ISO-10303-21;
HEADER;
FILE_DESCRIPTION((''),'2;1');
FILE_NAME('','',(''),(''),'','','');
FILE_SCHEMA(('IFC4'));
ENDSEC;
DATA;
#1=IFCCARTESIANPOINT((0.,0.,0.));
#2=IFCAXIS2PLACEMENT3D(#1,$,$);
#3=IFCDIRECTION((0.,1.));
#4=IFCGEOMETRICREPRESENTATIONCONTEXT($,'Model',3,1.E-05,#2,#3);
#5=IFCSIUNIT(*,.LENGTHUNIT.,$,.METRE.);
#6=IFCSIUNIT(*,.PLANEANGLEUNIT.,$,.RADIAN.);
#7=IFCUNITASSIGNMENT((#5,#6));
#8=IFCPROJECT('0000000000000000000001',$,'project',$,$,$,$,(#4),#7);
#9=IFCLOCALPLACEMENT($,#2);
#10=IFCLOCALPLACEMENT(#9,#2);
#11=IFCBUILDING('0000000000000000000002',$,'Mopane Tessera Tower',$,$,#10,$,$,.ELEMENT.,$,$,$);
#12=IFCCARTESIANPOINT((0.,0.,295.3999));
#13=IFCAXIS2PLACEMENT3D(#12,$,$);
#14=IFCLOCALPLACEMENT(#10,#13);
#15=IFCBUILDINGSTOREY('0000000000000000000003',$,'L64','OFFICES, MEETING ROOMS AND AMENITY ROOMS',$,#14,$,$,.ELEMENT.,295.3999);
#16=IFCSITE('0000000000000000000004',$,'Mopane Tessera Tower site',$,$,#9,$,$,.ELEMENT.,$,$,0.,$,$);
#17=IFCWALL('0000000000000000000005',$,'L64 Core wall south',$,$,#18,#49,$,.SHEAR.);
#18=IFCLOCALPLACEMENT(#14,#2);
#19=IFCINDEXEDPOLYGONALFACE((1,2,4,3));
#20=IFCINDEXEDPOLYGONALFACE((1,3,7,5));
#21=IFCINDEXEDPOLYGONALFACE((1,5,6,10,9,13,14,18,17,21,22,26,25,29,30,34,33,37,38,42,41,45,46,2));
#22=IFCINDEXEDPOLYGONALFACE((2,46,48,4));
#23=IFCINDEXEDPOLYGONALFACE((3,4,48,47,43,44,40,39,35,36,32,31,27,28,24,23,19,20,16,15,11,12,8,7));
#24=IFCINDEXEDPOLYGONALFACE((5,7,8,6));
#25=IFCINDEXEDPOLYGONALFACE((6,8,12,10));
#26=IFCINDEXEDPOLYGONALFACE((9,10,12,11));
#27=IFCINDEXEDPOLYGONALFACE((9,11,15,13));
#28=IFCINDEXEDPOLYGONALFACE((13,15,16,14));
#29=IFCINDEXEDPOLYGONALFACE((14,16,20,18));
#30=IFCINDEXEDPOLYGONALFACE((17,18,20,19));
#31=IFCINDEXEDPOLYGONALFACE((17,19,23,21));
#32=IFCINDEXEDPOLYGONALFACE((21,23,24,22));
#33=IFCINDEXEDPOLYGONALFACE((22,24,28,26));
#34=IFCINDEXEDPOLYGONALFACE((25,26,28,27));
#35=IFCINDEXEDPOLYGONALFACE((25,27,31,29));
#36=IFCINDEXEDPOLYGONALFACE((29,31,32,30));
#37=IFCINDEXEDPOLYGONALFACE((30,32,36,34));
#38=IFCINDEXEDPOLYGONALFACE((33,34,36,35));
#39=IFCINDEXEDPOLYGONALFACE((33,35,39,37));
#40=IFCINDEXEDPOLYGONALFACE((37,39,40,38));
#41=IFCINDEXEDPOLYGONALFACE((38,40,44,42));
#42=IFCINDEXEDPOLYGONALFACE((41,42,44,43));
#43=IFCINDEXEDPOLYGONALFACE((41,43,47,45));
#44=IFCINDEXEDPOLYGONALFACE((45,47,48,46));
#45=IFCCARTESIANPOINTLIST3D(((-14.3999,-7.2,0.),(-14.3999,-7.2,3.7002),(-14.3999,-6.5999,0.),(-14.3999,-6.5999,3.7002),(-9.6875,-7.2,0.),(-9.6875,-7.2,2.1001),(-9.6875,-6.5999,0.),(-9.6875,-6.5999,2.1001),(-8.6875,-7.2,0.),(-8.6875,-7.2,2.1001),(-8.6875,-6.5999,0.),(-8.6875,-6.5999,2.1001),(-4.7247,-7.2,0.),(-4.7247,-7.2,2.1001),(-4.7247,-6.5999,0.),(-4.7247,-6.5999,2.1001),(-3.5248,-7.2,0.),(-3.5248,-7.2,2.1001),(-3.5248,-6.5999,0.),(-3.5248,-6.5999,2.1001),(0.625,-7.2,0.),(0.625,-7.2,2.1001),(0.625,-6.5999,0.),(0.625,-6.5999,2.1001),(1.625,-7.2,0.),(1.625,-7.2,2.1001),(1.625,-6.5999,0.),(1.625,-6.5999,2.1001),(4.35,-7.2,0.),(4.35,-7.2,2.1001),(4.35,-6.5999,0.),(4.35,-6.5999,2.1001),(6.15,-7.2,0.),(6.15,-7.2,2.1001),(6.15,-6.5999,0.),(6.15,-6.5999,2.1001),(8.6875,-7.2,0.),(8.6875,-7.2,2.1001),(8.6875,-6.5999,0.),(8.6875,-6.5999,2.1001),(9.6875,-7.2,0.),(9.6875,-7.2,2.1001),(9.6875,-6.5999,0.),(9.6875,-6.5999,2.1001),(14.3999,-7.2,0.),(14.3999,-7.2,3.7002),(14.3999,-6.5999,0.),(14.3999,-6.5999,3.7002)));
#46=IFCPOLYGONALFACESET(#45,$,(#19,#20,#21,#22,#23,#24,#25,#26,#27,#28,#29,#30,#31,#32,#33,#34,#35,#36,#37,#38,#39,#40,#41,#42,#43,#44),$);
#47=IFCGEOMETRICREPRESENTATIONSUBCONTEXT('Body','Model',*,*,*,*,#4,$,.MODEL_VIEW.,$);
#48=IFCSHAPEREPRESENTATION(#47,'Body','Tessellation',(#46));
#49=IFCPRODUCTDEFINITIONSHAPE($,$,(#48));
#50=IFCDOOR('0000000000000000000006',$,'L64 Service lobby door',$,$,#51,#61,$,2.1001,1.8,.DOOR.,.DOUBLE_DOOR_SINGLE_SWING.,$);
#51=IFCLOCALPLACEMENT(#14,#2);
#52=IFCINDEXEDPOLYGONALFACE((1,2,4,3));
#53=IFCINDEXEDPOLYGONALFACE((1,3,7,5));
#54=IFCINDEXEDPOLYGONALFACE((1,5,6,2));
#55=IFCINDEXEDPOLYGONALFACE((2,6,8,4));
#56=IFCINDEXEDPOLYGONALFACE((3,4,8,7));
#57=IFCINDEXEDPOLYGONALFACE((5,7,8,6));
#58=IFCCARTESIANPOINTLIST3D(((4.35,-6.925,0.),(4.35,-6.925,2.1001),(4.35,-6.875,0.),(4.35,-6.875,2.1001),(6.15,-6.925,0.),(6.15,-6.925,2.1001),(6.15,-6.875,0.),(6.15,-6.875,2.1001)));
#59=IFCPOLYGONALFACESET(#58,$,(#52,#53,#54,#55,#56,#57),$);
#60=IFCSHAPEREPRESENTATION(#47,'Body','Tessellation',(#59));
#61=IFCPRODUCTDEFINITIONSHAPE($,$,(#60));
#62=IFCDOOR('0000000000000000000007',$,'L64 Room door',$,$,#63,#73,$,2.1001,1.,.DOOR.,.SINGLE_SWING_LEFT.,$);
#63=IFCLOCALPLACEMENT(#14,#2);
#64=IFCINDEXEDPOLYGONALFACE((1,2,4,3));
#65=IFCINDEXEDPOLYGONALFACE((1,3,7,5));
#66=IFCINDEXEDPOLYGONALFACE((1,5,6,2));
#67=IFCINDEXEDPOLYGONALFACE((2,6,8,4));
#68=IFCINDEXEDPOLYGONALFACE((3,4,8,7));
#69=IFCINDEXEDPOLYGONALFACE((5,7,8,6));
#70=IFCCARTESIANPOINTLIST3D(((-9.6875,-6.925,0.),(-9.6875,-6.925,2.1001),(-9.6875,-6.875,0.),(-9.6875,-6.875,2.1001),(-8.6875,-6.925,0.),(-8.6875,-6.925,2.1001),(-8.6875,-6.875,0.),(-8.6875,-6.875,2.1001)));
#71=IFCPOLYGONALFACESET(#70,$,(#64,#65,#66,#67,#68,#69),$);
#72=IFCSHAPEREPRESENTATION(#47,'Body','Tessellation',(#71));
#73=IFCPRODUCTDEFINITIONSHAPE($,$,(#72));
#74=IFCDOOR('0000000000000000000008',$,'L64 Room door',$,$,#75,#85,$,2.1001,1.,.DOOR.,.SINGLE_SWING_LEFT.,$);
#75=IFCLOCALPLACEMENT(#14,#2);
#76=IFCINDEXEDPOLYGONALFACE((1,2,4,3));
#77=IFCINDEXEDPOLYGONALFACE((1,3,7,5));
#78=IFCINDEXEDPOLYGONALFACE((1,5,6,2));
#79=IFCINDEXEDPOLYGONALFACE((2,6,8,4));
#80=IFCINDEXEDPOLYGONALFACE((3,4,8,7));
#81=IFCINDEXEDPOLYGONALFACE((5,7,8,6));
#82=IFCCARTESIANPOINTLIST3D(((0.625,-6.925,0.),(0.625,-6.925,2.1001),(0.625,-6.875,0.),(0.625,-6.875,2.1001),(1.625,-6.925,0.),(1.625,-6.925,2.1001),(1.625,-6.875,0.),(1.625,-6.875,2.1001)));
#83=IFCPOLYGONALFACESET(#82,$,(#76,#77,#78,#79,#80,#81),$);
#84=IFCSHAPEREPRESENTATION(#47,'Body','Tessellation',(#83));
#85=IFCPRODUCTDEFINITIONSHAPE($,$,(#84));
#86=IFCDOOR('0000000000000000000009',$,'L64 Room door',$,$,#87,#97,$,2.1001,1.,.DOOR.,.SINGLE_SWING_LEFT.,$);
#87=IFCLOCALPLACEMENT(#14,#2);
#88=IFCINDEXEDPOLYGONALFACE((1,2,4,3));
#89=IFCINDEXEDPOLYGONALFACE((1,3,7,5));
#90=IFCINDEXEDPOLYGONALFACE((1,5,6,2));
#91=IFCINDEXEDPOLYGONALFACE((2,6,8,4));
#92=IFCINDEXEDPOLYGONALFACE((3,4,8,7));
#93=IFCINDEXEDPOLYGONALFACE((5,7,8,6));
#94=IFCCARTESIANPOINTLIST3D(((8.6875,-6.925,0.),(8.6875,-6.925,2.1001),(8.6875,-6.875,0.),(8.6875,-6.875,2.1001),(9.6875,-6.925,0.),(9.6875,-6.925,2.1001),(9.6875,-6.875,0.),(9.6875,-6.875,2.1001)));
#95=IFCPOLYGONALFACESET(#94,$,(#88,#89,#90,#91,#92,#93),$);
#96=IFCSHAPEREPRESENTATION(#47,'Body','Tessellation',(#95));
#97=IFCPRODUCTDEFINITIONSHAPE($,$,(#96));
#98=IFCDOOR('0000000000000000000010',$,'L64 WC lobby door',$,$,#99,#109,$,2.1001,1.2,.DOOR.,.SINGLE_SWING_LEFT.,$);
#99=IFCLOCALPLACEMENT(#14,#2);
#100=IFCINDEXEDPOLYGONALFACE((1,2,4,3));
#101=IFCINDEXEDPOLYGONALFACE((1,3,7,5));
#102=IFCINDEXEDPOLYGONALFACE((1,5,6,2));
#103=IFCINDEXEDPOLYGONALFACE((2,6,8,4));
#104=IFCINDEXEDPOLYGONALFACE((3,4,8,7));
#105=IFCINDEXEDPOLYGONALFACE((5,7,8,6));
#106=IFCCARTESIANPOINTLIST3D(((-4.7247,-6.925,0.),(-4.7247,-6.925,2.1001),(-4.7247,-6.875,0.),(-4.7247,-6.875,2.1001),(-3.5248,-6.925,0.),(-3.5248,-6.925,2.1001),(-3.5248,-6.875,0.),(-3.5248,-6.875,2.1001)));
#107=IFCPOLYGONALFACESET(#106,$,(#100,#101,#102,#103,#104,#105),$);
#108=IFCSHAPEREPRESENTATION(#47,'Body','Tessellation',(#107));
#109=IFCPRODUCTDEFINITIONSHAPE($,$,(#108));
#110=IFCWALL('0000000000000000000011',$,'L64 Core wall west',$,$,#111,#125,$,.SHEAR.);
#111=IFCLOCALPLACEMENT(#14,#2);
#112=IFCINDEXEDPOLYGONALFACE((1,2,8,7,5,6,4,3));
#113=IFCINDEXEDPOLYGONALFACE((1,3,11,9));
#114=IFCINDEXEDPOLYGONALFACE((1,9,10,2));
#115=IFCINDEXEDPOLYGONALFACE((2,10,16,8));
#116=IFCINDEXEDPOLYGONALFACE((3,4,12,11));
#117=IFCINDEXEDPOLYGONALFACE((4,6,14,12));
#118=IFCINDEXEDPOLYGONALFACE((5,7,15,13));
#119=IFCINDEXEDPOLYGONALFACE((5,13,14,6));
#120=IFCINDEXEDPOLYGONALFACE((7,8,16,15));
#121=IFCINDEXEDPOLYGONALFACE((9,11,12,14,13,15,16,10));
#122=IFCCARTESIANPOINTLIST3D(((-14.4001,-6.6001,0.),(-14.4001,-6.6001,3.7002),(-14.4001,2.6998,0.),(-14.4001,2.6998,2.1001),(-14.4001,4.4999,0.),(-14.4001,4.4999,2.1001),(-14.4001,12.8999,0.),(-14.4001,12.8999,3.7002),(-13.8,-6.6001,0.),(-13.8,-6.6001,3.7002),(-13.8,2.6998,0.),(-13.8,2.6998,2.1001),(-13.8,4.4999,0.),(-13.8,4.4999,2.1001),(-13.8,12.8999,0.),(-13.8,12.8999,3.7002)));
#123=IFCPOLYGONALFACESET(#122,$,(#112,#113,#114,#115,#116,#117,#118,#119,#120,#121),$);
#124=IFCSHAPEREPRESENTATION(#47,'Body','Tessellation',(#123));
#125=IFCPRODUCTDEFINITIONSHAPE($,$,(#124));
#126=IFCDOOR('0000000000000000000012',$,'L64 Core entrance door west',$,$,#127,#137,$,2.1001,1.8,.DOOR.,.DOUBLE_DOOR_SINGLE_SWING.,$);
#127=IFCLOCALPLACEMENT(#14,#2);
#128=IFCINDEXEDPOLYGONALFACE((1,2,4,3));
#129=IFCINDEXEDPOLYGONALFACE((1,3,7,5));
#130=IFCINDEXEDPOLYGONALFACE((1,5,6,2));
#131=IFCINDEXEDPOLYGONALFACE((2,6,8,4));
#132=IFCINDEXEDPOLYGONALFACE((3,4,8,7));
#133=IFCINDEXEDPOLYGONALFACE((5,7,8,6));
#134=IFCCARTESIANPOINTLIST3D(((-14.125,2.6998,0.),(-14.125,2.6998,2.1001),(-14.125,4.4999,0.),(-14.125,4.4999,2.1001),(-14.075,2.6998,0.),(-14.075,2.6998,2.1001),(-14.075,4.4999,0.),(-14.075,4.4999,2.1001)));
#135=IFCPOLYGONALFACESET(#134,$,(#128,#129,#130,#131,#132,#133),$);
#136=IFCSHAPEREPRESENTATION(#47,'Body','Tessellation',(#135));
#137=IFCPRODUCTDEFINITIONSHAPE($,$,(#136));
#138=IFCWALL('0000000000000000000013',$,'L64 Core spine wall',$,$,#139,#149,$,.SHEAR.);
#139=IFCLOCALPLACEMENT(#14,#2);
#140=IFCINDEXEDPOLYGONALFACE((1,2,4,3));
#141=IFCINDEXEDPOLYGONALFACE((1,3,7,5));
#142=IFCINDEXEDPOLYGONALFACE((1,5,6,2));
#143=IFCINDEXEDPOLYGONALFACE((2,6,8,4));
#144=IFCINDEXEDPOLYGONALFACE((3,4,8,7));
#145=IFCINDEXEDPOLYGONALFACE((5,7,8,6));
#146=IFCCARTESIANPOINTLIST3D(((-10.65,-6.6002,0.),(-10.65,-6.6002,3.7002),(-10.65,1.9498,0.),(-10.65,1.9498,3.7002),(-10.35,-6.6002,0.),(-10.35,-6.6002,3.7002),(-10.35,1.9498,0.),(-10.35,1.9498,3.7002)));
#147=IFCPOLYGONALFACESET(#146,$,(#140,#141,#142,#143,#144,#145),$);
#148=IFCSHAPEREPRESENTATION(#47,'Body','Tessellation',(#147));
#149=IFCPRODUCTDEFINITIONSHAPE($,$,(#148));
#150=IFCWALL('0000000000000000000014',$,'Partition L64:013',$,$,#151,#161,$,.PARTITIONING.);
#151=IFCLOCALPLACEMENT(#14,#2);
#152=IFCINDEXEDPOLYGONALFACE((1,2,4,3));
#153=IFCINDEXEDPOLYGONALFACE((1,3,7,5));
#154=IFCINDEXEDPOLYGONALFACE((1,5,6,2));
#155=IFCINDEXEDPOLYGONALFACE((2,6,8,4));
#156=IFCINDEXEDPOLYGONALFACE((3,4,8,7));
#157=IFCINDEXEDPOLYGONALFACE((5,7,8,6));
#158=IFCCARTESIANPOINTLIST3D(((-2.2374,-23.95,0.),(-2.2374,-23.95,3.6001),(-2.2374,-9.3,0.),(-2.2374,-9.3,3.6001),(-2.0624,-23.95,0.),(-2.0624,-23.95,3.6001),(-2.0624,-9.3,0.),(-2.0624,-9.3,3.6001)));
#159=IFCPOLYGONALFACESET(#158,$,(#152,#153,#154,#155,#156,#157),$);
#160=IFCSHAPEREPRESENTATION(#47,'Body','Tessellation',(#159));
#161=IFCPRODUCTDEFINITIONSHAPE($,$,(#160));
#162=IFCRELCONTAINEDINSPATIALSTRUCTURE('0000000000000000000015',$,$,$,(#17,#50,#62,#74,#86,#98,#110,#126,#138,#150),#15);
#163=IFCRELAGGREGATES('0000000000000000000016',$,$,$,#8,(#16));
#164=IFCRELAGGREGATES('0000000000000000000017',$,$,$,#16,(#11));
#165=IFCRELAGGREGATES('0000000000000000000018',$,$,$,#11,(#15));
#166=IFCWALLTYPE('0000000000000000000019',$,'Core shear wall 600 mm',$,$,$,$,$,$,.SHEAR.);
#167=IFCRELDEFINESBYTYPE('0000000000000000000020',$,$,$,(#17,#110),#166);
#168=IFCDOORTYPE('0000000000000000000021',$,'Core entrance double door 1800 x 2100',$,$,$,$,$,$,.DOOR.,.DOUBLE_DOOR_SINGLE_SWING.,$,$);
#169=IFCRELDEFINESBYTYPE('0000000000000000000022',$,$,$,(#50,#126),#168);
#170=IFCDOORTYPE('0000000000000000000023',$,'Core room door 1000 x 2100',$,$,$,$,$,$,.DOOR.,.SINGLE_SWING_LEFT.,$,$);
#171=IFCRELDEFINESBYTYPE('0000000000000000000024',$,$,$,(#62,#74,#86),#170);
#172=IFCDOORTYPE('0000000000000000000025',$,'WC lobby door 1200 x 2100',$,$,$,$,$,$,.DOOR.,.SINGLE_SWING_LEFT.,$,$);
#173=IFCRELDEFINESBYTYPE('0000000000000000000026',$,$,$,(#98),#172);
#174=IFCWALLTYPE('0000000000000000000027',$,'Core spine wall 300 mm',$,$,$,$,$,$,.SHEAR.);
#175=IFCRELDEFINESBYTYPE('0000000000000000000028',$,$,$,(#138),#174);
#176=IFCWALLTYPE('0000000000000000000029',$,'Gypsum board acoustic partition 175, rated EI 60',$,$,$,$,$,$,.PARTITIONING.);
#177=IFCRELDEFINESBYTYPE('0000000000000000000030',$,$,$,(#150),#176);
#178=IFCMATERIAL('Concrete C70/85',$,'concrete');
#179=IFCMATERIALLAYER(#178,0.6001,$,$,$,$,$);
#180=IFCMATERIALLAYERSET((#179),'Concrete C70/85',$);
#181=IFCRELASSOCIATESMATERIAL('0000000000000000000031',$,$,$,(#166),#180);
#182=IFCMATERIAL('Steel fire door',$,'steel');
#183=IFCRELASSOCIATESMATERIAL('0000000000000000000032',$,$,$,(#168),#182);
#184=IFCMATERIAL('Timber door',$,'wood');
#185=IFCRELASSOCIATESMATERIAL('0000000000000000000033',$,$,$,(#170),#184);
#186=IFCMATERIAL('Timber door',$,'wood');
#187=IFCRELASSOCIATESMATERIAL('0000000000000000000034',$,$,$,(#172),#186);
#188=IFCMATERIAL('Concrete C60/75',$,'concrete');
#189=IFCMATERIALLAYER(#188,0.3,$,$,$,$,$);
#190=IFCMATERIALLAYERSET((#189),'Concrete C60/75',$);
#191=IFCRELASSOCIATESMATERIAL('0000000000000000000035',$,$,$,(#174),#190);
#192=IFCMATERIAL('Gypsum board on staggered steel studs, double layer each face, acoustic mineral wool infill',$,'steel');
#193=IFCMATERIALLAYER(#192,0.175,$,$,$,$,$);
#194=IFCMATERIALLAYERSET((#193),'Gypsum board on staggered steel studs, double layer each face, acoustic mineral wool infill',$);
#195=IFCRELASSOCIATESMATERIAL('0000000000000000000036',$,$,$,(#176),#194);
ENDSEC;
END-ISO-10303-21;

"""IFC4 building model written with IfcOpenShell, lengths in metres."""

from ifc_helpers import new_model, si_unit, direction, frame, frame_2d, origin, place, context, subcontext, project, spatial, rectangle, extrude, material, layer, layer_set, type_object, element, fill, save


model = new_model("IFC4")

# Units and contexts
model_context = context("Model", 3, precision=1e-05, world=origin(), true_north=direction((0.0, 1.0)))
body_context = subcontext(model_context, "Body", "Model", "MODEL_VIEW")
ifc_project = project(units=[si_unit("LENGTHUNIT", "METRE"), si_unit("PLANEANGLEUNIT", "RADIAN")], contexts=[model_context])

# Site, building, storey
site_placement = place(None, origin())
site = spatial("IfcSite", under=ifc_project, at=site_placement, Name="Mopane Tessera Tower site", CompositionType="ELEMENT", RefElevation=0.0)
building_placement = place(site_placement, origin())
building = spatial("IfcBuilding", under=site, at=building_placement, Name="Mopane Tessera Tower", CompositionType="ELEMENT")
storey_placement = place(building_placement, frame((0.0, 0.0, 295.3999)))
storey = spatial("IfcBuildingStorey", under=building, at=storey_placement, Name="L64", Description="OFFICES, MEETING ROOMS AND AMENITY ROOMS", CompositionType="ELEMENT", Elevation=295.3999)

# Wall, openings, doors
ifc_material_1 = material(Name="Concrete C70/85", Category="concrete")
ifc_layer_1 = layer(ifc_material_1, 0.6001)
ifc_layer_set_1 = layer_set([ifc_layer_1], Name="Concrete C70/85")
wall_type_1 = type_object("IfcWallType", Name="Core shear wall 600 mm", PredefinedType="SHEAR", material=ifc_layer_set_1)
wall_1_placement = place(storey_placement, frame((-14.3999, -6.8999, 0.0), z_axis=(0.0, 0.0, 1.0), x_axis=(1.0, 0.0, 0.0)))
wall_1 = element("IfcWall", 1, at=wall_1_placement, inside=storey, type_object=wall_type_1, Name="L64 Core wall south", PredefinedType="SHEAR", context=body_context, shape_type="SweptSolid", body=[
    extrude(rectangle(XDim=28.7998, YDim=0.6001, at=frame_2d((14.3999, 0.0))), origin(), (0.0, 0.0, 1.0), 3.7002),
])
opening_1_placement = place(wall_1_placement, frame((4.7124, 0.0, 0.0)))
opening_1 = element("IfcOpeningElement", 2, at=opening_1_placement, cuts=wall_1, PredefinedType="OPENING", context=body_context, shape_type="SweptSolid", body=[
    extrude(rectangle(XDim=1.0, YDim=2.1001, at=frame_2d((0.5, 1.05))), frame((0.0, 0.312, 0.0), z_axis=(0.0, -1.0, 0.0), x_axis=(1.0, 0.0, 0.0)), (0.0, 0.0, 1.0), 0.624),
])
opening_2_placement = place(wall_1_placement, frame((9.675, 0.0, 0.0)))
opening_2 = element("IfcOpeningElement", 3, at=opening_2_placement, cuts=wall_1, PredefinedType="OPENING", context=body_context, shape_type="SweptSolid", body=[
    extrude(rectangle(XDim=1.2, YDim=2.1001, at=frame_2d((0.6001, 1.05))), frame((0.0, 0.312, 0.0), z_axis=(0.0, -1.0, 0.0), x_axis=(1.0, 0.0, 0.0)), (0.0, 0.0, 1.0), 0.624),
])
opening_3_placement = place(wall_1_placement, frame((15.0249, 0.0, 0.0)))
opening_3 = element("IfcOpeningElement", 4, at=opening_3_placement, cuts=wall_1, PredefinedType="OPENING", context=body_context, shape_type="SweptSolid", body=[
    extrude(rectangle(XDim=1.0, YDim=2.1001, at=frame_2d((0.5, 1.05))), frame((0.0, 0.312, 0.0), z_axis=(0.0, -1.0, 0.0), x_axis=(1.0, 0.0, 0.0)), (0.0, 0.0, 1.0), 0.624),
])
opening_4_placement = place(wall_1_placement, frame((18.75, 0.0, 0.0)))
opening_4 = element("IfcOpeningElement", 5, at=opening_4_placement, cuts=wall_1, PredefinedType="OPENING", context=body_context, shape_type="SweptSolid", body=[
    extrude(rectangle(XDim=1.8, YDim=2.1001, at=frame_2d((0.8999, 1.05))), frame((0.0, 0.312, 0.0), z_axis=(0.0, -1.0, 0.0), x_axis=(1.0, 0.0, 0.0)), (0.0, 0.0, 1.0), 0.624),
])
opening_5_placement = place(wall_1_placement, frame((23.0874, 0.0, 0.0)))
opening_5 = element("IfcOpeningElement", 6, at=opening_5_placement, cuts=wall_1, PredefinedType="OPENING", context=body_context, shape_type="SweptSolid", body=[
    extrude(rectangle(XDim=1.0, YDim=2.1001, at=frame_2d((0.5, 1.05))), frame((0.0, 0.312, 0.0), z_axis=(0.0, -1.0, 0.0), x_axis=(1.0, 0.0, 0.0)), (0.0, 0.0, 1.0), 0.624),
])
ifc_material_2 = material(Name="Steel fire door", Category="steel")
door_type_1 = type_object("IfcDoorType", Name="Core entrance double door 1800 x 2100", OperationType="DOUBLE_DOOR_SINGLE_SWING", PredefinedType="DOOR", material=ifc_material_2)
door_1_placement = place(opening_4_placement, origin())
door_1 = element("IfcDoor", 7, at=door_1_placement, inside=storey, type_object=door_type_1, Name="L64 Service lobby door", OperationType="DOUBLE_DOOR_SINGLE_SWING", OverallHeight=2.1001, OverallWidth=1.8, PredefinedType="DOOR", context=body_context, shape_type="SweptSolid", body=[
    extrude(rectangle(XDim=1.8, YDim=2.1001, at=frame_2d((0.8999, 1.05))), frame((0.0, 0.0249, 0.0), z_axis=(0.0, -1.0, 0.0), x_axis=(1.0, 0.0, 0.0)), (0.0, 0.0, 1.0), 0.05),
])
fill(opening_4, door_1)
ifc_material_3 = material(Name="Timber door", Category="wood")
door_type_2 = type_object("IfcDoorType", Name="Core room door 1000 x 2100", OperationType="SINGLE_SWING_LEFT", PredefinedType="DOOR", material=ifc_material_3)
door_2_placement = place(opening_1_placement, origin())
door_2 = element("IfcDoor", 8, at=door_2_placement, inside=storey, type_object=door_type_2, Name="L64 Room door", OperationType="SINGLE_SWING_LEFT", OverallHeight=2.1001, OverallWidth=1.0, PredefinedType="DOOR", context=body_context, shape_type="SweptSolid", body=[
    extrude(rectangle(XDim=1.0, YDim=2.1001, at=frame_2d((0.5, 1.05))), frame((0.0, 0.0249, 0.0), z_axis=(0.0, -1.0, 0.0), x_axis=(1.0, 0.0, 0.0)), (0.0, 0.0, 1.0), 0.05),
])
fill(opening_1, door_2)
door_3_placement = place(opening_3_placement, origin())
door_3 = element("IfcDoor", 9, at=door_3_placement, inside=storey, type_object=door_type_2, Name="L64 Room door", OperationType="SINGLE_SWING_LEFT", OverallHeight=2.1001, OverallWidth=1.0, PredefinedType="DOOR", context=body_context, shape_type="SweptSolid", body=[
    extrude(rectangle(XDim=1.0, YDim=2.1001, at=frame_2d((0.5, 1.05))), frame((0.0, 0.0249, 0.0), z_axis=(0.0, -1.0, 0.0), x_axis=(1.0, 0.0, 0.0)), (0.0, 0.0, 1.0), 0.05),
])
fill(opening_3, door_3)
door_4_placement = place(opening_5_placement, origin())
door_4 = element("IfcDoor", 10, at=door_4_placement, inside=storey, type_object=door_type_2, Name="L64 Room door", OperationType="SINGLE_SWING_LEFT", OverallHeight=2.1001, OverallWidth=1.0, PredefinedType="DOOR", context=body_context, shape_type="SweptSolid", body=[
    extrude(rectangle(XDim=1.0, YDim=2.1001, at=frame_2d((0.5, 1.05))), frame((0.0, 0.0249, 0.0), z_axis=(0.0, -1.0, 0.0), x_axis=(1.0, 0.0, 0.0)), (0.0, 0.0, 1.0), 0.05),
])
fill(opening_5, door_4)
ifc_material_4 = material(Name="Timber door", Category="wood")
door_type_3 = type_object("IfcDoorType", Name="WC lobby door 1200 x 2100", OperationType="SINGLE_SWING_LEFT", PredefinedType="DOOR", material=ifc_material_4)
door_5_placement = place(opening_2_placement, origin())
door_5 = element("IfcDoor", 11, at=door_5_placement, inside=storey, type_object=door_type_3, Name="L64 WC lobby door", OperationType="SINGLE_SWING_LEFT", OverallHeight=2.1001, OverallWidth=1.2, PredefinedType="DOOR", context=body_context, shape_type="SweptSolid", body=[
    extrude(rectangle(XDim=1.2, YDim=2.1001, at=frame_2d((0.6001, 1.05))), frame((0.0, 0.0249, 0.0), z_axis=(0.0, -1.0, 0.0), x_axis=(1.0, 0.0, 0.0)), (0.0, 0.0, 1.0), 0.05),
])
fill(opening_2, door_5)

# Wall, opening, door
wall_2_placement = place(storey_placement, frame((-14.1001, -6.6001, 0.0), z_axis=(0.0, 0.0, 1.0), x_axis=(0.0, 1.0, 0.0)))
wall_2 = element("IfcWall", 12, at=wall_2_placement, inside=storey, type_object=wall_type_1, Name="L64 Core wall west", PredefinedType="SHEAR", context=body_context, shape_type="SweptSolid", body=[
    extrude(rectangle(XDim=19.5, YDim=0.6001, at=frame_2d((9.75, 0.0))), origin(), (0.0, 0.0, 1.0), 3.7002),
])
opening_6_placement = place(wall_2_placement, frame((9.3, 0.0, 0.0)))
opening_6 = element("IfcOpeningElement", 13, at=opening_6_placement, cuts=wall_2, PredefinedType="OPENING", context=body_context, shape_type="SweptSolid", body=[
    extrude(rectangle(XDim=1.8, YDim=2.1001, at=frame_2d((0.8999, 1.05))), frame((0.0, 0.312, 0.0), z_axis=(0.0, -1.0, 0.0), x_axis=(1.0, 0.0, 0.0)), (0.0, 0.0, 1.0), 0.624),
])
door_6_placement = place(opening_6_placement, origin())
door_6 = element("IfcDoor", 14, at=door_6_placement, inside=storey, type_object=door_type_1, Name="L64 Core entrance door west", OperationType="DOUBLE_DOOR_SINGLE_SWING", OverallHeight=2.1001, OverallWidth=1.8, PredefinedType="DOOR", context=body_context, shape_type="SweptSolid", body=[
    extrude(rectangle(XDim=1.8, YDim=2.1001, at=frame_2d((0.8999, 1.05))), frame((0.0, 0.0249, 0.0), z_axis=(0.0, -1.0, 0.0), x_axis=(1.0, 0.0, 0.0)), (0.0, 0.0, 1.0), 0.05),
])
fill(opening_6, door_6)

# Walls
ifc_material_5 = material(Name="Concrete C60/75", Category="concrete")
ifc_layer_2 = layer(ifc_material_5, 0.3)
ifc_layer_set_2 = layer_set([ifc_layer_2], Name="Concrete C60/75")
wall_type_2 = type_object("IfcWallType", Name="Core spine wall 300 mm", PredefinedType="SHEAR", material=ifc_layer_set_2)
wall_3_placement = place(storey_placement, frame((-10.5, -6.6001, 0.0), z_axis=(0.0, 0.0, 1.0), x_axis=(0.0, 1.0, 0.0)))
element("IfcWall", 15, at=wall_3_placement, inside=storey, type_object=wall_type_2, Name="L64 Core spine wall", PredefinedType="SHEAR", context=body_context, shape_type="SweptSolid", body=[
    extrude(rectangle(XDim=8.55, YDim=0.3, at=frame_2d((4.2749, 0.0))), origin(), (0.0, 0.0, 1.0), 3.7002),
])
ifc_material_6 = material(Name="Gypsum board on staggered steel studs, double layer each face, acoustic mineral wool infill", Category="steel")
ifc_layer_3 = layer(ifc_material_6, 0.175)
ifc_layer_set_3 = layer_set([ifc_layer_3], Name="Gypsum board on staggered steel studs, double layer each face, acoustic mineral wool infill")
wall_type_3 = type_object("IfcWallType", Name="Gypsum board acoustic partition 175, rated EI 60", PredefinedType="PARTITIONING", material=ifc_layer_set_3)
wall_4_placement = place(storey_placement, frame((-2.1499, -23.95, 0.0), z_axis=(0.0, 0.0, 1.0), x_axis=(0.0, 1.0, 0.0)))
element("IfcWall", 16, at=wall_4_placement, inside=storey, type_object=wall_type_3, Name="Partition L64:013", PredefinedType="PARTITIONING", context=body_context, shape_type="SweptSolid", body=[
    extrude(rectangle(XDim=14.6499, YDim=0.175, at=frame_2d((7.325, 0.0))), origin(), (0.0, 0.0, 1.0), 3.6001),
])

save(model, "model.ifc")
